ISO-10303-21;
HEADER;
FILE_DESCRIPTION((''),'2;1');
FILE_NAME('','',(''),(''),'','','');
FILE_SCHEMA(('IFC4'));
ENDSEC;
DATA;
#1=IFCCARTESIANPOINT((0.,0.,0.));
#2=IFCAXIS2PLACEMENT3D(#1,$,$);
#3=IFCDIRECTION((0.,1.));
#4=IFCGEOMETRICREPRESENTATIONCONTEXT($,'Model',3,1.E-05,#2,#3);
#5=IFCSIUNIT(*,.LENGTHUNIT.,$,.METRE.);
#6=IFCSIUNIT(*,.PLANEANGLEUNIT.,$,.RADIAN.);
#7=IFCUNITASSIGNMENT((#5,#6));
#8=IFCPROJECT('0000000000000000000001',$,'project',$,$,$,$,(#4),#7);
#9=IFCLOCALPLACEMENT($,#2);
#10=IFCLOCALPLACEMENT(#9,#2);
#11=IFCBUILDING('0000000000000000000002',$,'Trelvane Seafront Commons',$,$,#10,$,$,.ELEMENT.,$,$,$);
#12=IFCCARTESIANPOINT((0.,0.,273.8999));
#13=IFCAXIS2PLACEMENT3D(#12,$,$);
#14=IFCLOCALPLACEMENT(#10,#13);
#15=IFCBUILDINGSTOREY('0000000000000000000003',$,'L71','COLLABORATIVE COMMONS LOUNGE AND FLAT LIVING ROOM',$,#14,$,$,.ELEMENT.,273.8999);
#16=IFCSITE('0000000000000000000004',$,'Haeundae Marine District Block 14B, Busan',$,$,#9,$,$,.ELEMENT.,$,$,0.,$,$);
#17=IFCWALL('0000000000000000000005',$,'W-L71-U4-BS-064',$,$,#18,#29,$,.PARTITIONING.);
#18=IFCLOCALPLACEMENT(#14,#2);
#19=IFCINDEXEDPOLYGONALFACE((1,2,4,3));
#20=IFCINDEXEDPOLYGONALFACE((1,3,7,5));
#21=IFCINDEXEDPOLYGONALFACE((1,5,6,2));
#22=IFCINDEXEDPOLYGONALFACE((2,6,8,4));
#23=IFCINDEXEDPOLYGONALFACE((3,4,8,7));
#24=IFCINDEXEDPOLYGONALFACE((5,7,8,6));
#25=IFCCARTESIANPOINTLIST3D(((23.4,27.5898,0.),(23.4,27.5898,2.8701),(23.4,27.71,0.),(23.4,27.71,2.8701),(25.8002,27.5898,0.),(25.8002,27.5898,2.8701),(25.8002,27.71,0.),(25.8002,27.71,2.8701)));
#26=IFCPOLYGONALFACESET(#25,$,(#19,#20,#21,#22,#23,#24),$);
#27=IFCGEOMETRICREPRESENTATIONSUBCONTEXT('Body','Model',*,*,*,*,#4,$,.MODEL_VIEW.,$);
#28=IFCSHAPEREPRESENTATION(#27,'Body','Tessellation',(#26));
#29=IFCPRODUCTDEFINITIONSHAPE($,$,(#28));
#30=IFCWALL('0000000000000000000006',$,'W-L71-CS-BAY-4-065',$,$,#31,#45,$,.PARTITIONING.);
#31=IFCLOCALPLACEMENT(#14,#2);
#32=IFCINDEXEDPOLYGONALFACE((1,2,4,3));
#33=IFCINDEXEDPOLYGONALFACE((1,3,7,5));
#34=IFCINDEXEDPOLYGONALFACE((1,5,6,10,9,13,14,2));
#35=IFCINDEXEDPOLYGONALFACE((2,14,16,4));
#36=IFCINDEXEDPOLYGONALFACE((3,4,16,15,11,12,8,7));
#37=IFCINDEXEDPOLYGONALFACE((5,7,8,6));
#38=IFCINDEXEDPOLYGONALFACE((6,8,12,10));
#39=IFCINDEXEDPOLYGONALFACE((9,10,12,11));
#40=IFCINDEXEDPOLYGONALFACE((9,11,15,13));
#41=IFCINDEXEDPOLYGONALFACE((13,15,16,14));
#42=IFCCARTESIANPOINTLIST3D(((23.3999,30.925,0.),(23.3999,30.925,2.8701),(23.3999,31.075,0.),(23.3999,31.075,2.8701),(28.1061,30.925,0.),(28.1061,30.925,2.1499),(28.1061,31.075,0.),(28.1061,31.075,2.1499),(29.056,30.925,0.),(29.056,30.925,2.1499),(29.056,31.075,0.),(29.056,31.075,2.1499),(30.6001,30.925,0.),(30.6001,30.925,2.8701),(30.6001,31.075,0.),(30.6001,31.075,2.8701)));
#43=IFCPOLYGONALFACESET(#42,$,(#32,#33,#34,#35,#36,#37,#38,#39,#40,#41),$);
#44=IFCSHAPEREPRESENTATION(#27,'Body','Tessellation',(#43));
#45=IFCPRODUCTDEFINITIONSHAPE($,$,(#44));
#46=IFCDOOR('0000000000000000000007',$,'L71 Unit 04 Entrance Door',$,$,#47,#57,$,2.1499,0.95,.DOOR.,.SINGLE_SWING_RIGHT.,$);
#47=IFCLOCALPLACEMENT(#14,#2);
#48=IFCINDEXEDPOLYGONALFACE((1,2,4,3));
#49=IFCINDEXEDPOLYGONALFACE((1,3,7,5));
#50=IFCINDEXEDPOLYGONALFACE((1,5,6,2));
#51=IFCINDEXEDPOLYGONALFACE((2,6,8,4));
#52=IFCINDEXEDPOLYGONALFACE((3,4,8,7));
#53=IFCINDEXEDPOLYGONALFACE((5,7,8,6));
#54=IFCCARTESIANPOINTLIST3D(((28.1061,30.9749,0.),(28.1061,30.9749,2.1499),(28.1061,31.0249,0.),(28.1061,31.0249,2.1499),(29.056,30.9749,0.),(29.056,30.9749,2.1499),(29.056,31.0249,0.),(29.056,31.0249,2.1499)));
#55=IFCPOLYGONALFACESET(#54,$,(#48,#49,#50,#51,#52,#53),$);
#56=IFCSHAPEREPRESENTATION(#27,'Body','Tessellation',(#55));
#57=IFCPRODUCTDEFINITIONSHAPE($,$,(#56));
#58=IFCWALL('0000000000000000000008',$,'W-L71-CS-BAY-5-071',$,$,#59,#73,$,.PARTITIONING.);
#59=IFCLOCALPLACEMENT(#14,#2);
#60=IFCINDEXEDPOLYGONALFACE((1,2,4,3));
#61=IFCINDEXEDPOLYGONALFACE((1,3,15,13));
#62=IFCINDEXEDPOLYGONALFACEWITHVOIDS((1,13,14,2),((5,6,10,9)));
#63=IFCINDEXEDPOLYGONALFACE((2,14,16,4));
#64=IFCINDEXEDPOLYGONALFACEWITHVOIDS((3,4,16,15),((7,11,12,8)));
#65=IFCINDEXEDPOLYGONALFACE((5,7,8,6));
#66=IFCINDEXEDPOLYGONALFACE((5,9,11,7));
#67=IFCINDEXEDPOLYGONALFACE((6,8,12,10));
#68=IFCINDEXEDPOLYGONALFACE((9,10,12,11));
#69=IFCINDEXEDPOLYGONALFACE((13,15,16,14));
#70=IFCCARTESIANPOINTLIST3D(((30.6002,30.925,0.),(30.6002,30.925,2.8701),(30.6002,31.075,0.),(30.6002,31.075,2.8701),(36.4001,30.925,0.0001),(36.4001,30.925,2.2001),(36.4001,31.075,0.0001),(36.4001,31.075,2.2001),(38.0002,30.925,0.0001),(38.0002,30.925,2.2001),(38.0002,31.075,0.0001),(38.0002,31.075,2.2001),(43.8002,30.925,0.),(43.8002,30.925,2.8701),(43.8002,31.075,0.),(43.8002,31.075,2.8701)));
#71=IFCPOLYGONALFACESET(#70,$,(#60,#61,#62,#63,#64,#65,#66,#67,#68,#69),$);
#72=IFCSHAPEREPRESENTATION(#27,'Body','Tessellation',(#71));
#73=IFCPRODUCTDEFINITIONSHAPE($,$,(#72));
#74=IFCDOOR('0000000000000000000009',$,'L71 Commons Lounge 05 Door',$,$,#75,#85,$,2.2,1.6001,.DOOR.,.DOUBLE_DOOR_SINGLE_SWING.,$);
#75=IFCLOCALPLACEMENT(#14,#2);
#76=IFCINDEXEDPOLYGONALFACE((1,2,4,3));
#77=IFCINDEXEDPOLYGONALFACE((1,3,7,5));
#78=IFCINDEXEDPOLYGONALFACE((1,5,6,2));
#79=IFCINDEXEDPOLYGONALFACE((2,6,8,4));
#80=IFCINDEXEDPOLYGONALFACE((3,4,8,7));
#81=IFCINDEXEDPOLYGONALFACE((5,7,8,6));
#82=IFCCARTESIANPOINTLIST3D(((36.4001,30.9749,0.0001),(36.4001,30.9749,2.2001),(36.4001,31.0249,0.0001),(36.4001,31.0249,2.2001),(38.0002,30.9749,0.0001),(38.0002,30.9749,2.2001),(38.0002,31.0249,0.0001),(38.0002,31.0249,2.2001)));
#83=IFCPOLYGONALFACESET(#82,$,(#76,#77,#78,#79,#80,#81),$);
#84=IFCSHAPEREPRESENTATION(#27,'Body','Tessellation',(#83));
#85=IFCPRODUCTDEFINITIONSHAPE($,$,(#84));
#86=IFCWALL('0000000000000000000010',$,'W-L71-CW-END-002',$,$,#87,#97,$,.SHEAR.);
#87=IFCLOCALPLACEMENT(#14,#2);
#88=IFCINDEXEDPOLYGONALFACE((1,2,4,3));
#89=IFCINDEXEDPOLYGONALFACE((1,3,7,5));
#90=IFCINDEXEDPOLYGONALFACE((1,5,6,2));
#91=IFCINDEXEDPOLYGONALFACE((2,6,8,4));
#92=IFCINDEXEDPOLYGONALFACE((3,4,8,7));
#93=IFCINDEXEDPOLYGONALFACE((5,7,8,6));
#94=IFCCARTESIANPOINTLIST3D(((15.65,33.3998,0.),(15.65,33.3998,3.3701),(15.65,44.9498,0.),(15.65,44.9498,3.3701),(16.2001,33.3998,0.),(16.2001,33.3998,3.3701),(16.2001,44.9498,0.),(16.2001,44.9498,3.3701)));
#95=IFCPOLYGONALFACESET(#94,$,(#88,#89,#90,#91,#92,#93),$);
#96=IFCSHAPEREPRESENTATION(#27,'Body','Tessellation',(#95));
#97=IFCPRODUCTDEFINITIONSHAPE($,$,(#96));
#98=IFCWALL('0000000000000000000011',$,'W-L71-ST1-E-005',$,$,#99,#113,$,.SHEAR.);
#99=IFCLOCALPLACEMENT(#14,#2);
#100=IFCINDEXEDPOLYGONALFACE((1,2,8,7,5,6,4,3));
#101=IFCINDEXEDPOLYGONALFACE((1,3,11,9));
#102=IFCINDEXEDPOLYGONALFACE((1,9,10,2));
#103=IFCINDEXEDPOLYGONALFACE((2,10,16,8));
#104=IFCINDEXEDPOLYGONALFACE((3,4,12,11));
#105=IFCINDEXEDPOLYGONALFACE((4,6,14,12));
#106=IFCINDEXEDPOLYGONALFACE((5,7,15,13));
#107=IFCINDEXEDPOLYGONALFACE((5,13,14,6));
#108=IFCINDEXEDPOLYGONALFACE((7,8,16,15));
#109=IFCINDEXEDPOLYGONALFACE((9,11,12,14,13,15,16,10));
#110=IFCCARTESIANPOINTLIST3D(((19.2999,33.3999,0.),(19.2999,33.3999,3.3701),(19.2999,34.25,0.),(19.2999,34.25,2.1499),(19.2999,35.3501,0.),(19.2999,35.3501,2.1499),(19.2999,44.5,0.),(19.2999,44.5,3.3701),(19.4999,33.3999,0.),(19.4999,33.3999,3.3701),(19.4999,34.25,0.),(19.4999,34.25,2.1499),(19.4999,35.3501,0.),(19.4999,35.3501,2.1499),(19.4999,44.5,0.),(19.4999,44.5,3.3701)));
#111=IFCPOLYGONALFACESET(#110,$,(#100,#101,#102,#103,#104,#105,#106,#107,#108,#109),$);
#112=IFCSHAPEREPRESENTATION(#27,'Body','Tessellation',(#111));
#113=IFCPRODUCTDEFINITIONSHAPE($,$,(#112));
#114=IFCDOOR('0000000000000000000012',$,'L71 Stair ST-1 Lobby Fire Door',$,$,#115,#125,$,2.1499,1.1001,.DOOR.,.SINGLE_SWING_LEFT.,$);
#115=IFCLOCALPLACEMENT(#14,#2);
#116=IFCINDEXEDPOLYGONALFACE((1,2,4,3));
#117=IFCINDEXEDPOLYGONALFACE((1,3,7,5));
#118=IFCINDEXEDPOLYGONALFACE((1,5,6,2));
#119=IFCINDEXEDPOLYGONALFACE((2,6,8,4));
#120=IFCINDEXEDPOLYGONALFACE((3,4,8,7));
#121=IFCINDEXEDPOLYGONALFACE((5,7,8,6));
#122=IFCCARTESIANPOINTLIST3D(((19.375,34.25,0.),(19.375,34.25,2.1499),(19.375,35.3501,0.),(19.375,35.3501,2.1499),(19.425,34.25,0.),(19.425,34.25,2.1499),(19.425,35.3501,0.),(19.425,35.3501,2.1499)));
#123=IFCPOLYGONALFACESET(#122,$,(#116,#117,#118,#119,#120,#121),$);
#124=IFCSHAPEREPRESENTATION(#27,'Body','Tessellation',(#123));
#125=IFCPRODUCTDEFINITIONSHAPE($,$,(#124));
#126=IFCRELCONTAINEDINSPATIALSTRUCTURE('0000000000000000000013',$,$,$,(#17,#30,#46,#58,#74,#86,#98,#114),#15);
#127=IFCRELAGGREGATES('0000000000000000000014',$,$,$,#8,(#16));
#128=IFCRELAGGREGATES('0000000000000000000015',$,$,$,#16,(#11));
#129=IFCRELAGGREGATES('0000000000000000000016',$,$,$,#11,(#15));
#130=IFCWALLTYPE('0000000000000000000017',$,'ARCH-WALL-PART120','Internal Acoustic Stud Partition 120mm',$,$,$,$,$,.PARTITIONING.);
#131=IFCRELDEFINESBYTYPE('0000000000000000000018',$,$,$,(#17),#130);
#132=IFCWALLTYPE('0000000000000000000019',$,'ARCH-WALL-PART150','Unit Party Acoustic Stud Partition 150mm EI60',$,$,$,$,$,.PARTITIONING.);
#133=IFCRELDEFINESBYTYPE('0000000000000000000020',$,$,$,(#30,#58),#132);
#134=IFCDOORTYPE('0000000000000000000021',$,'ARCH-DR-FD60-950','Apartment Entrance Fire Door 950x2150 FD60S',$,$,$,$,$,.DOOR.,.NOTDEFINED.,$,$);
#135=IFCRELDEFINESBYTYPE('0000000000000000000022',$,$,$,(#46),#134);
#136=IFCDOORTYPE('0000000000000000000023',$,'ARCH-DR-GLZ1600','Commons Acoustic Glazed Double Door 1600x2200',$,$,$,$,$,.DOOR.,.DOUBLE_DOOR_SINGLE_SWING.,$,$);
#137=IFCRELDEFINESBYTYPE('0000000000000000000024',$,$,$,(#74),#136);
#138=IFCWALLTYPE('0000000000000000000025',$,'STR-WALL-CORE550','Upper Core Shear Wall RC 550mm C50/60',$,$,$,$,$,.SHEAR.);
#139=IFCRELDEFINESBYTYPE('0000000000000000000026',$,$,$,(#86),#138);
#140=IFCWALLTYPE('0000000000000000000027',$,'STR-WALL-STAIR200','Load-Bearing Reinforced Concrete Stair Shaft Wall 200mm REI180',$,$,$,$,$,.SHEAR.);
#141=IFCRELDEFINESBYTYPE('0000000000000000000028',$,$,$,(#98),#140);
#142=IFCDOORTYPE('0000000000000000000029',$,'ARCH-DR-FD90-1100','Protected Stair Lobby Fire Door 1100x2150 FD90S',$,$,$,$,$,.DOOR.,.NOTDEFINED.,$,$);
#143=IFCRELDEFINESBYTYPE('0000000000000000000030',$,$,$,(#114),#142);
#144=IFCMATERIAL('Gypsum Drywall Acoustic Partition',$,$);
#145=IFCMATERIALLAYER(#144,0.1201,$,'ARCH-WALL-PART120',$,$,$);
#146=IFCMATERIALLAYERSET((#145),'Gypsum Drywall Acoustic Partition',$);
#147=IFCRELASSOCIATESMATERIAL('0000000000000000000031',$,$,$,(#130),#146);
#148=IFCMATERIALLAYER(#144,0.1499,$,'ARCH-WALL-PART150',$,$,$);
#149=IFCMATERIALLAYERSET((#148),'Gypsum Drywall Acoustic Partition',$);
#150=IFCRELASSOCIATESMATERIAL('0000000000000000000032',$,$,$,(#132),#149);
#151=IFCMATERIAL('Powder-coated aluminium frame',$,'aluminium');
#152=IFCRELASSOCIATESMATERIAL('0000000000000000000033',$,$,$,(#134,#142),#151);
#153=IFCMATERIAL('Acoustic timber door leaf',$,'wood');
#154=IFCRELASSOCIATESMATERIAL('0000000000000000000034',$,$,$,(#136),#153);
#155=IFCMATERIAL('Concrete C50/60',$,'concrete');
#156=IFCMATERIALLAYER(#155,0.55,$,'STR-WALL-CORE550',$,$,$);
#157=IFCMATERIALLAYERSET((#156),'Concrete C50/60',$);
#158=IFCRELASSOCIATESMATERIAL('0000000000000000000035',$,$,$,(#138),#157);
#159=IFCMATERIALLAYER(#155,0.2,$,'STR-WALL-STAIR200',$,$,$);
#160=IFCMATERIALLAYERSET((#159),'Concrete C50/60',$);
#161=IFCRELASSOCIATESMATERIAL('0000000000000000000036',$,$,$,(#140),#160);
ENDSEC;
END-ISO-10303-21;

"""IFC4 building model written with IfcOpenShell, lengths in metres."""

from ifc_helpers import new_model, si_unit, direction, frame, frame_2d, origin, place, context, subcontext, project, spatial, rectangle, extrude, source, transform, mapped, material, layer, layer_set, type_object, element, fill, save


model = new_model("IFC4")

# Units and contexts
model_context = context("Model", 3, precision=1e-05, world=origin(), true_north=direction((0.0, 1.0)))
body_context = subcontext(model_context, "Body", "Model", "MODEL_VIEW")
ifc_project = project(units=[si_unit("LENGTHUNIT", "METRE"), si_unit("PLANEANGLEUNIT", "RADIAN")], contexts=[model_context])

# Site, building, storey
site_placement = place(None, origin())
site = spatial("IfcSite", under=ifc_project, at=site_placement, Name="Haeundae Marine District Block 14B, Busan", CompositionType="ELEMENT", RefElevation=0.0)
building_placement = place(site_placement, origin())
building = spatial("IfcBuilding", under=site, at=building_placement, Name="Trelvane Seafront Commons", CompositionType="ELEMENT")
storey_placement = place(building_placement, frame((0.0, 0.0, 273.8999)))
storey = spatial("IfcBuildingStorey", under=building, at=storey_placement, Name="L71", Description="COLLABORATIVE COMMONS LOUNGE AND FLAT LIVING ROOM", CompositionType="ELEMENT", Elevation=273.8999)

# Shared definitions
ifc_material_1 = material(Name="Concrete C50/60", Category="concrete")

# Shared definitions
ifc_material_2 = material(Name="Powder-coated aluminium frame", Category="aluminium")
shared_shape_1 = source(origin(), body_context, "Body", "SweptSolid", [
    extrude(rectangle(XDim=1.6001, YDim=2.2, at=frame_2d((0.8, 1.1001))), frame((0.0, 0.0249, 0.0), z_axis=(0.0, -1.0, 0.0), x_axis=(1.0, 0.0, 0.0)), (0.0, 0.0, 1.0), 0.05),
])
ifc_material_3 = material(Name="Gypsum Drywall Acoustic Partition")
ifc_layer_1 = layer(ifc_material_3, 0.1201, Name="ARCH-WALL-PART120")
ifc_layer_set_1 = layer_set([ifc_layer_1], Name="Gypsum Drywall Acoustic Partition")
wall_type_1 = type_object("IfcWallType", Name="ARCH-WALL-PART120", Description="Internal Acoustic Stud Partition 120mm", PredefinedType="PARTITIONING", material=ifc_layer_set_1)
ifc_material_4 = material(Name="Acoustic timber door leaf", Category="wood")
shared_shape_2 = source(origin(), body_context, "Body", "SweptSolid", [
    extrude(rectangle(XDim=0.95, YDim=2.1499, at=frame_2d((0.4751, 1.075))), frame((0.0, 0.0249, 0.0), z_axis=(0.0, -1.0, 0.0), x_axis=(1.0, 0.0, 0.0)), (0.0, 0.0, 1.0), 0.05),
])

# Wall
wall_1_placement = place(storey_placement, frame((23.3999, 27.6499, 0.0), z_axis=(0.0, 0.0, 1.0), x_axis=(1.0, 0.0, 0.0)))
element("IfcWall", 1, at=wall_1_placement, inside=storey, type_object=wall_type_1, Name="W-L71-U4-BS-064", PredefinedType="PARTITIONING", context=body_context, shape_type="SweptSolid", body=[
    extrude(rectangle(XDim=2.4001, YDim=0.1201, at=frame_2d((1.2002, 0.0))), origin(), (0.0, 0.0, 1.0), 2.8701),
])

# Walls, openings, doors
ifc_layer_2 = layer(ifc_material_3, 0.1499, Name="ARCH-WALL-PART150")
ifc_layer_set_2 = layer_set([ifc_layer_2], Name="Gypsum Drywall Acoustic Partition")
wall_type_2 = type_object("IfcWallType", Name="ARCH-WALL-PART150", Description="Unit Party Acoustic Stud Partition 150mm EI60", PredefinedType="PARTITIONING", material=ifc_layer_set_2)
door_type_1 = type_object("IfcDoorType", Name="ARCH-DR-FD60-950", Description="Apartment Entrance Fire Door 950x2150 FD60S", OperationType="NOTDEFINED", PredefinedType="DOOR", material=ifc_material_2)
wall_2_placement = place(storey_placement, frame((23.3999, 31.0, 0.0), z_axis=(0.0, 0.0, 1.0), x_axis=(1.0, 0.0, 0.0)))
wall_2 = element("IfcWall", 2, at=wall_2_placement, inside=storey, type_object=wall_type_2, Name="W-L71-CS-BAY-4-065", PredefinedType="PARTITIONING", context=body_context, shape_type="SweptSolid", body=[
    extrude(rectangle(XDim=7.2002, YDim=0.1499, at=frame_2d((3.6001, 0.0))), origin(), (0.0, 0.0, 1.0), 2.8701),
])
opening_1_placement = place(wall_2_placement, frame((4.7061, 0.0, 0.0)))
opening_1 = element("IfcOpeningElement", 3, at=opening_1_placement, cuts=wall_2, PredefinedType="OPENING", context=body_context, shape_type="SweptSolid", body=[
    extrude(rectangle(XDim=0.95, YDim=2.1499, at=frame_2d((0.4751, 1.075))), frame((0.0, 0.085, 0.0), z_axis=(0.0, -1.0, 0.0), x_axis=(1.0, 0.0, 0.0)), (0.0, 0.0, 1.0), 0.1699),
])
door_1_placement = place(opening_1_placement, origin())
door_1 = element("IfcDoor", 4, at=door_1_placement, inside=storey, type_object=door_type_1, Name="L71 Unit 04 Entrance Door", OperationType="SINGLE_SWING_RIGHT", OverallHeight=2.1499, OverallWidth=0.95, PredefinedType="DOOR", context=body_context, shape_type="MappedRepresentation", body=[
    mapped(shared_shape_2, transform((0.0, 0.0, 0.0), x_axis=(1.0, 0.0, 0.0), y_axis=(0.0, 1.0, 0.0), z_axis=(0.0, 0.0, 1.0), scale=1.0)),
])
fill(opening_1, door_1)
wall_3_placement = place(storey_placement, frame((30.6001, 31.0, 0.0), z_axis=(0.0, 0.0, 1.0), x_axis=(1.0, 0.0, 0.0)))
wall_3 = element("IfcWall", 5, at=wall_3_placement, inside=storey, type_object=wall_type_2, Name="W-L71-CS-BAY-5-071", PredefinedType="PARTITIONING", context=body_context, shape_type="SweptSolid", body=[
    extrude(rectangle(XDim=13.2, YDim=0.1499, at=frame_2d((6.6001, 0.0))), origin(), (0.0, 0.0, 1.0), 2.8701),
])
opening_2_placement = place(wall_3_placement, frame((5.8, 0.0, 0.0)))
opening_2 = element("IfcOpeningElement", 6, at=opening_2_placement, cuts=wall_3, PredefinedType="OPENING", context=body_context, shape_type="SweptSolid", body=[
    extrude(rectangle(XDim=1.6001, YDim=2.2, at=frame_2d((0.8, 1.1001))), frame((0.0, 0.085, 0.0), z_axis=(0.0, -1.0, 0.0), x_axis=(1.0, 0.0, 0.0)), (0.0, 0.0, 1.0), 0.1699),
])
door_type_2 = type_object("IfcDoorType", Name="ARCH-DR-GLZ1600", Description="Commons Acoustic Glazed Double Door 1600x2200", OperationType="DOUBLE_DOOR_SINGLE_SWING", PredefinedType="DOOR", material=ifc_material_4)
door_2_placement = place(opening_2_placement, origin())
door_2 = element("IfcDoor", 7, at=door_2_placement, inside=storey, type_object=door_type_2, Name="L71 Commons Lounge 05 Door", OperationType="DOUBLE_DOOR_SINGLE_SWING", OverallHeight=2.2, OverallWidth=1.6001, PredefinedType="DOOR", context=body_context, shape_type="MappedRepresentation", body=[
    mapped(shared_shape_1, transform((0.0, 0.0, 0.0), x_axis=(1.0, 0.0, 0.0), y_axis=(0.0, 1.0, 0.0), z_axis=(0.0, 0.0, 1.0), scale=1.0)),
])
fill(opening_2, door_2)

# Wall
ifc_layer_3 = layer(ifc_material_1, 0.55, Name="STR-WALL-CORE550")
ifc_layer_set_3 = layer_set([ifc_layer_3], Name="Concrete C50/60")
wall_type_3 = type_object("IfcWallType", Name="STR-WALL-CORE550", Description="Upper Core Shear Wall RC 550mm C50/60", PredefinedType="SHEAR", material=ifc_layer_set_3)
wall_4_placement = place(storey_placement, frame((15.925, 33.3999, 0.0), z_axis=(0.0, 0.0, 1.0), x_axis=(0.0, 1.0, 0.0)))
element("IfcWall", 8, at=wall_4_placement, inside=storey, type_object=wall_type_3, Name="W-L71-CW-END-002", PredefinedType="SHEAR", context=body_context, shape_type="SweptSolid", body=[
    extrude(rectangle(XDim=11.55, YDim=0.55, at=frame_2d((5.7749, 0.0))), origin(), (0.0, 0.0, 1.0), 3.3701),
])

# Wall, opening, door
ifc_layer_4 = layer(ifc_material_1, 0.2, Name="STR-WALL-STAIR200")
ifc_layer_set_4 = layer_set([ifc_layer_4], Name="Concrete C50/60")
wall_type_4 = type_object("IfcWallType", Name="STR-WALL-STAIR200", Description="Load-Bearing Reinforced Concrete Stair Shaft Wall 200mm REI180", PredefinedType="SHEAR", material=ifc_layer_set_4)
wall_5_placement = place(storey_placement, frame((19.3999, 33.3999, 0.0), z_axis=(0.0, 0.0, 1.0), x_axis=(0.0, 1.0, 0.0)))
wall_5 = element("IfcWall", 9, at=wall_5_placement, inside=storey, type_object=wall_type_4, Name="W-L71-ST1-E-005", PredefinedType="SHEAR", context=body_context, shape_type="SweptSolid", body=[
    extrude(rectangle(XDim=11.1001, YDim=0.2, at=frame_2d((5.55, 0.0))), origin(), (0.0, 0.0, 1.0), 3.3701),
])
opening_3_placement = place(wall_5_placement, frame((0.8501, 0.0, 0.0)))
opening_3 = element("IfcOpeningElement", 10, at=opening_3_placement, cuts=wall_5, PredefinedType="OPENING", context=body_context, shape_type="SweptSolid", body=[
    extrude(rectangle(XDim=1.1001, YDim=2.1499, at=frame_2d((0.55, 1.075))), frame((0.0, 0.1099, 0.0), z_axis=(0.0, -1.0, 0.0), x_axis=(1.0, 0.0, 0.0)), (0.0, 0.0, 1.0), 0.22),
])
door_type_3 = type_object("IfcDoorType", Name="ARCH-DR-FD90-1100", Description="Protected Stair Lobby Fire Door 1100x2150 FD90S", OperationType="NOTDEFINED", PredefinedType="DOOR", material=ifc_material_2)
shared_shape_3 = source(origin(), body_context, "Body", "SweptSolid", [
    extrude(rectangle(XDim=1.1001, YDim=2.1499, at=frame_2d((0.55, 1.075))), frame((0.0, 0.0249, 0.0), z_axis=(0.0, -1.0, 0.0), x_axis=(1.0, 0.0, 0.0)), (0.0, 0.0, 1.0), 0.05),
])
door_3_placement = place(opening_3_placement, origin())
door_3 = element("IfcDoor", 11, at=door_3_placement, inside=storey, type_object=door_type_3, Name="L71 Stair ST-1 Lobby Fire Door", OperationType="SINGLE_SWING_LEFT", OverallHeight=2.1499, OverallWidth=1.1001, PredefinedType="DOOR", context=body_context, shape_type="MappedRepresentation", body=[
    mapped(shared_shape_3, transform((0.0, 0.0, 0.0), x_axis=(1.0, 0.0, 0.0), y_axis=(0.0, 1.0, 0.0), z_axis=(0.0, 0.0, 1.0), scale=1.0)),
])
fill(opening_3, door_3)

save(model, "model.ifc")
